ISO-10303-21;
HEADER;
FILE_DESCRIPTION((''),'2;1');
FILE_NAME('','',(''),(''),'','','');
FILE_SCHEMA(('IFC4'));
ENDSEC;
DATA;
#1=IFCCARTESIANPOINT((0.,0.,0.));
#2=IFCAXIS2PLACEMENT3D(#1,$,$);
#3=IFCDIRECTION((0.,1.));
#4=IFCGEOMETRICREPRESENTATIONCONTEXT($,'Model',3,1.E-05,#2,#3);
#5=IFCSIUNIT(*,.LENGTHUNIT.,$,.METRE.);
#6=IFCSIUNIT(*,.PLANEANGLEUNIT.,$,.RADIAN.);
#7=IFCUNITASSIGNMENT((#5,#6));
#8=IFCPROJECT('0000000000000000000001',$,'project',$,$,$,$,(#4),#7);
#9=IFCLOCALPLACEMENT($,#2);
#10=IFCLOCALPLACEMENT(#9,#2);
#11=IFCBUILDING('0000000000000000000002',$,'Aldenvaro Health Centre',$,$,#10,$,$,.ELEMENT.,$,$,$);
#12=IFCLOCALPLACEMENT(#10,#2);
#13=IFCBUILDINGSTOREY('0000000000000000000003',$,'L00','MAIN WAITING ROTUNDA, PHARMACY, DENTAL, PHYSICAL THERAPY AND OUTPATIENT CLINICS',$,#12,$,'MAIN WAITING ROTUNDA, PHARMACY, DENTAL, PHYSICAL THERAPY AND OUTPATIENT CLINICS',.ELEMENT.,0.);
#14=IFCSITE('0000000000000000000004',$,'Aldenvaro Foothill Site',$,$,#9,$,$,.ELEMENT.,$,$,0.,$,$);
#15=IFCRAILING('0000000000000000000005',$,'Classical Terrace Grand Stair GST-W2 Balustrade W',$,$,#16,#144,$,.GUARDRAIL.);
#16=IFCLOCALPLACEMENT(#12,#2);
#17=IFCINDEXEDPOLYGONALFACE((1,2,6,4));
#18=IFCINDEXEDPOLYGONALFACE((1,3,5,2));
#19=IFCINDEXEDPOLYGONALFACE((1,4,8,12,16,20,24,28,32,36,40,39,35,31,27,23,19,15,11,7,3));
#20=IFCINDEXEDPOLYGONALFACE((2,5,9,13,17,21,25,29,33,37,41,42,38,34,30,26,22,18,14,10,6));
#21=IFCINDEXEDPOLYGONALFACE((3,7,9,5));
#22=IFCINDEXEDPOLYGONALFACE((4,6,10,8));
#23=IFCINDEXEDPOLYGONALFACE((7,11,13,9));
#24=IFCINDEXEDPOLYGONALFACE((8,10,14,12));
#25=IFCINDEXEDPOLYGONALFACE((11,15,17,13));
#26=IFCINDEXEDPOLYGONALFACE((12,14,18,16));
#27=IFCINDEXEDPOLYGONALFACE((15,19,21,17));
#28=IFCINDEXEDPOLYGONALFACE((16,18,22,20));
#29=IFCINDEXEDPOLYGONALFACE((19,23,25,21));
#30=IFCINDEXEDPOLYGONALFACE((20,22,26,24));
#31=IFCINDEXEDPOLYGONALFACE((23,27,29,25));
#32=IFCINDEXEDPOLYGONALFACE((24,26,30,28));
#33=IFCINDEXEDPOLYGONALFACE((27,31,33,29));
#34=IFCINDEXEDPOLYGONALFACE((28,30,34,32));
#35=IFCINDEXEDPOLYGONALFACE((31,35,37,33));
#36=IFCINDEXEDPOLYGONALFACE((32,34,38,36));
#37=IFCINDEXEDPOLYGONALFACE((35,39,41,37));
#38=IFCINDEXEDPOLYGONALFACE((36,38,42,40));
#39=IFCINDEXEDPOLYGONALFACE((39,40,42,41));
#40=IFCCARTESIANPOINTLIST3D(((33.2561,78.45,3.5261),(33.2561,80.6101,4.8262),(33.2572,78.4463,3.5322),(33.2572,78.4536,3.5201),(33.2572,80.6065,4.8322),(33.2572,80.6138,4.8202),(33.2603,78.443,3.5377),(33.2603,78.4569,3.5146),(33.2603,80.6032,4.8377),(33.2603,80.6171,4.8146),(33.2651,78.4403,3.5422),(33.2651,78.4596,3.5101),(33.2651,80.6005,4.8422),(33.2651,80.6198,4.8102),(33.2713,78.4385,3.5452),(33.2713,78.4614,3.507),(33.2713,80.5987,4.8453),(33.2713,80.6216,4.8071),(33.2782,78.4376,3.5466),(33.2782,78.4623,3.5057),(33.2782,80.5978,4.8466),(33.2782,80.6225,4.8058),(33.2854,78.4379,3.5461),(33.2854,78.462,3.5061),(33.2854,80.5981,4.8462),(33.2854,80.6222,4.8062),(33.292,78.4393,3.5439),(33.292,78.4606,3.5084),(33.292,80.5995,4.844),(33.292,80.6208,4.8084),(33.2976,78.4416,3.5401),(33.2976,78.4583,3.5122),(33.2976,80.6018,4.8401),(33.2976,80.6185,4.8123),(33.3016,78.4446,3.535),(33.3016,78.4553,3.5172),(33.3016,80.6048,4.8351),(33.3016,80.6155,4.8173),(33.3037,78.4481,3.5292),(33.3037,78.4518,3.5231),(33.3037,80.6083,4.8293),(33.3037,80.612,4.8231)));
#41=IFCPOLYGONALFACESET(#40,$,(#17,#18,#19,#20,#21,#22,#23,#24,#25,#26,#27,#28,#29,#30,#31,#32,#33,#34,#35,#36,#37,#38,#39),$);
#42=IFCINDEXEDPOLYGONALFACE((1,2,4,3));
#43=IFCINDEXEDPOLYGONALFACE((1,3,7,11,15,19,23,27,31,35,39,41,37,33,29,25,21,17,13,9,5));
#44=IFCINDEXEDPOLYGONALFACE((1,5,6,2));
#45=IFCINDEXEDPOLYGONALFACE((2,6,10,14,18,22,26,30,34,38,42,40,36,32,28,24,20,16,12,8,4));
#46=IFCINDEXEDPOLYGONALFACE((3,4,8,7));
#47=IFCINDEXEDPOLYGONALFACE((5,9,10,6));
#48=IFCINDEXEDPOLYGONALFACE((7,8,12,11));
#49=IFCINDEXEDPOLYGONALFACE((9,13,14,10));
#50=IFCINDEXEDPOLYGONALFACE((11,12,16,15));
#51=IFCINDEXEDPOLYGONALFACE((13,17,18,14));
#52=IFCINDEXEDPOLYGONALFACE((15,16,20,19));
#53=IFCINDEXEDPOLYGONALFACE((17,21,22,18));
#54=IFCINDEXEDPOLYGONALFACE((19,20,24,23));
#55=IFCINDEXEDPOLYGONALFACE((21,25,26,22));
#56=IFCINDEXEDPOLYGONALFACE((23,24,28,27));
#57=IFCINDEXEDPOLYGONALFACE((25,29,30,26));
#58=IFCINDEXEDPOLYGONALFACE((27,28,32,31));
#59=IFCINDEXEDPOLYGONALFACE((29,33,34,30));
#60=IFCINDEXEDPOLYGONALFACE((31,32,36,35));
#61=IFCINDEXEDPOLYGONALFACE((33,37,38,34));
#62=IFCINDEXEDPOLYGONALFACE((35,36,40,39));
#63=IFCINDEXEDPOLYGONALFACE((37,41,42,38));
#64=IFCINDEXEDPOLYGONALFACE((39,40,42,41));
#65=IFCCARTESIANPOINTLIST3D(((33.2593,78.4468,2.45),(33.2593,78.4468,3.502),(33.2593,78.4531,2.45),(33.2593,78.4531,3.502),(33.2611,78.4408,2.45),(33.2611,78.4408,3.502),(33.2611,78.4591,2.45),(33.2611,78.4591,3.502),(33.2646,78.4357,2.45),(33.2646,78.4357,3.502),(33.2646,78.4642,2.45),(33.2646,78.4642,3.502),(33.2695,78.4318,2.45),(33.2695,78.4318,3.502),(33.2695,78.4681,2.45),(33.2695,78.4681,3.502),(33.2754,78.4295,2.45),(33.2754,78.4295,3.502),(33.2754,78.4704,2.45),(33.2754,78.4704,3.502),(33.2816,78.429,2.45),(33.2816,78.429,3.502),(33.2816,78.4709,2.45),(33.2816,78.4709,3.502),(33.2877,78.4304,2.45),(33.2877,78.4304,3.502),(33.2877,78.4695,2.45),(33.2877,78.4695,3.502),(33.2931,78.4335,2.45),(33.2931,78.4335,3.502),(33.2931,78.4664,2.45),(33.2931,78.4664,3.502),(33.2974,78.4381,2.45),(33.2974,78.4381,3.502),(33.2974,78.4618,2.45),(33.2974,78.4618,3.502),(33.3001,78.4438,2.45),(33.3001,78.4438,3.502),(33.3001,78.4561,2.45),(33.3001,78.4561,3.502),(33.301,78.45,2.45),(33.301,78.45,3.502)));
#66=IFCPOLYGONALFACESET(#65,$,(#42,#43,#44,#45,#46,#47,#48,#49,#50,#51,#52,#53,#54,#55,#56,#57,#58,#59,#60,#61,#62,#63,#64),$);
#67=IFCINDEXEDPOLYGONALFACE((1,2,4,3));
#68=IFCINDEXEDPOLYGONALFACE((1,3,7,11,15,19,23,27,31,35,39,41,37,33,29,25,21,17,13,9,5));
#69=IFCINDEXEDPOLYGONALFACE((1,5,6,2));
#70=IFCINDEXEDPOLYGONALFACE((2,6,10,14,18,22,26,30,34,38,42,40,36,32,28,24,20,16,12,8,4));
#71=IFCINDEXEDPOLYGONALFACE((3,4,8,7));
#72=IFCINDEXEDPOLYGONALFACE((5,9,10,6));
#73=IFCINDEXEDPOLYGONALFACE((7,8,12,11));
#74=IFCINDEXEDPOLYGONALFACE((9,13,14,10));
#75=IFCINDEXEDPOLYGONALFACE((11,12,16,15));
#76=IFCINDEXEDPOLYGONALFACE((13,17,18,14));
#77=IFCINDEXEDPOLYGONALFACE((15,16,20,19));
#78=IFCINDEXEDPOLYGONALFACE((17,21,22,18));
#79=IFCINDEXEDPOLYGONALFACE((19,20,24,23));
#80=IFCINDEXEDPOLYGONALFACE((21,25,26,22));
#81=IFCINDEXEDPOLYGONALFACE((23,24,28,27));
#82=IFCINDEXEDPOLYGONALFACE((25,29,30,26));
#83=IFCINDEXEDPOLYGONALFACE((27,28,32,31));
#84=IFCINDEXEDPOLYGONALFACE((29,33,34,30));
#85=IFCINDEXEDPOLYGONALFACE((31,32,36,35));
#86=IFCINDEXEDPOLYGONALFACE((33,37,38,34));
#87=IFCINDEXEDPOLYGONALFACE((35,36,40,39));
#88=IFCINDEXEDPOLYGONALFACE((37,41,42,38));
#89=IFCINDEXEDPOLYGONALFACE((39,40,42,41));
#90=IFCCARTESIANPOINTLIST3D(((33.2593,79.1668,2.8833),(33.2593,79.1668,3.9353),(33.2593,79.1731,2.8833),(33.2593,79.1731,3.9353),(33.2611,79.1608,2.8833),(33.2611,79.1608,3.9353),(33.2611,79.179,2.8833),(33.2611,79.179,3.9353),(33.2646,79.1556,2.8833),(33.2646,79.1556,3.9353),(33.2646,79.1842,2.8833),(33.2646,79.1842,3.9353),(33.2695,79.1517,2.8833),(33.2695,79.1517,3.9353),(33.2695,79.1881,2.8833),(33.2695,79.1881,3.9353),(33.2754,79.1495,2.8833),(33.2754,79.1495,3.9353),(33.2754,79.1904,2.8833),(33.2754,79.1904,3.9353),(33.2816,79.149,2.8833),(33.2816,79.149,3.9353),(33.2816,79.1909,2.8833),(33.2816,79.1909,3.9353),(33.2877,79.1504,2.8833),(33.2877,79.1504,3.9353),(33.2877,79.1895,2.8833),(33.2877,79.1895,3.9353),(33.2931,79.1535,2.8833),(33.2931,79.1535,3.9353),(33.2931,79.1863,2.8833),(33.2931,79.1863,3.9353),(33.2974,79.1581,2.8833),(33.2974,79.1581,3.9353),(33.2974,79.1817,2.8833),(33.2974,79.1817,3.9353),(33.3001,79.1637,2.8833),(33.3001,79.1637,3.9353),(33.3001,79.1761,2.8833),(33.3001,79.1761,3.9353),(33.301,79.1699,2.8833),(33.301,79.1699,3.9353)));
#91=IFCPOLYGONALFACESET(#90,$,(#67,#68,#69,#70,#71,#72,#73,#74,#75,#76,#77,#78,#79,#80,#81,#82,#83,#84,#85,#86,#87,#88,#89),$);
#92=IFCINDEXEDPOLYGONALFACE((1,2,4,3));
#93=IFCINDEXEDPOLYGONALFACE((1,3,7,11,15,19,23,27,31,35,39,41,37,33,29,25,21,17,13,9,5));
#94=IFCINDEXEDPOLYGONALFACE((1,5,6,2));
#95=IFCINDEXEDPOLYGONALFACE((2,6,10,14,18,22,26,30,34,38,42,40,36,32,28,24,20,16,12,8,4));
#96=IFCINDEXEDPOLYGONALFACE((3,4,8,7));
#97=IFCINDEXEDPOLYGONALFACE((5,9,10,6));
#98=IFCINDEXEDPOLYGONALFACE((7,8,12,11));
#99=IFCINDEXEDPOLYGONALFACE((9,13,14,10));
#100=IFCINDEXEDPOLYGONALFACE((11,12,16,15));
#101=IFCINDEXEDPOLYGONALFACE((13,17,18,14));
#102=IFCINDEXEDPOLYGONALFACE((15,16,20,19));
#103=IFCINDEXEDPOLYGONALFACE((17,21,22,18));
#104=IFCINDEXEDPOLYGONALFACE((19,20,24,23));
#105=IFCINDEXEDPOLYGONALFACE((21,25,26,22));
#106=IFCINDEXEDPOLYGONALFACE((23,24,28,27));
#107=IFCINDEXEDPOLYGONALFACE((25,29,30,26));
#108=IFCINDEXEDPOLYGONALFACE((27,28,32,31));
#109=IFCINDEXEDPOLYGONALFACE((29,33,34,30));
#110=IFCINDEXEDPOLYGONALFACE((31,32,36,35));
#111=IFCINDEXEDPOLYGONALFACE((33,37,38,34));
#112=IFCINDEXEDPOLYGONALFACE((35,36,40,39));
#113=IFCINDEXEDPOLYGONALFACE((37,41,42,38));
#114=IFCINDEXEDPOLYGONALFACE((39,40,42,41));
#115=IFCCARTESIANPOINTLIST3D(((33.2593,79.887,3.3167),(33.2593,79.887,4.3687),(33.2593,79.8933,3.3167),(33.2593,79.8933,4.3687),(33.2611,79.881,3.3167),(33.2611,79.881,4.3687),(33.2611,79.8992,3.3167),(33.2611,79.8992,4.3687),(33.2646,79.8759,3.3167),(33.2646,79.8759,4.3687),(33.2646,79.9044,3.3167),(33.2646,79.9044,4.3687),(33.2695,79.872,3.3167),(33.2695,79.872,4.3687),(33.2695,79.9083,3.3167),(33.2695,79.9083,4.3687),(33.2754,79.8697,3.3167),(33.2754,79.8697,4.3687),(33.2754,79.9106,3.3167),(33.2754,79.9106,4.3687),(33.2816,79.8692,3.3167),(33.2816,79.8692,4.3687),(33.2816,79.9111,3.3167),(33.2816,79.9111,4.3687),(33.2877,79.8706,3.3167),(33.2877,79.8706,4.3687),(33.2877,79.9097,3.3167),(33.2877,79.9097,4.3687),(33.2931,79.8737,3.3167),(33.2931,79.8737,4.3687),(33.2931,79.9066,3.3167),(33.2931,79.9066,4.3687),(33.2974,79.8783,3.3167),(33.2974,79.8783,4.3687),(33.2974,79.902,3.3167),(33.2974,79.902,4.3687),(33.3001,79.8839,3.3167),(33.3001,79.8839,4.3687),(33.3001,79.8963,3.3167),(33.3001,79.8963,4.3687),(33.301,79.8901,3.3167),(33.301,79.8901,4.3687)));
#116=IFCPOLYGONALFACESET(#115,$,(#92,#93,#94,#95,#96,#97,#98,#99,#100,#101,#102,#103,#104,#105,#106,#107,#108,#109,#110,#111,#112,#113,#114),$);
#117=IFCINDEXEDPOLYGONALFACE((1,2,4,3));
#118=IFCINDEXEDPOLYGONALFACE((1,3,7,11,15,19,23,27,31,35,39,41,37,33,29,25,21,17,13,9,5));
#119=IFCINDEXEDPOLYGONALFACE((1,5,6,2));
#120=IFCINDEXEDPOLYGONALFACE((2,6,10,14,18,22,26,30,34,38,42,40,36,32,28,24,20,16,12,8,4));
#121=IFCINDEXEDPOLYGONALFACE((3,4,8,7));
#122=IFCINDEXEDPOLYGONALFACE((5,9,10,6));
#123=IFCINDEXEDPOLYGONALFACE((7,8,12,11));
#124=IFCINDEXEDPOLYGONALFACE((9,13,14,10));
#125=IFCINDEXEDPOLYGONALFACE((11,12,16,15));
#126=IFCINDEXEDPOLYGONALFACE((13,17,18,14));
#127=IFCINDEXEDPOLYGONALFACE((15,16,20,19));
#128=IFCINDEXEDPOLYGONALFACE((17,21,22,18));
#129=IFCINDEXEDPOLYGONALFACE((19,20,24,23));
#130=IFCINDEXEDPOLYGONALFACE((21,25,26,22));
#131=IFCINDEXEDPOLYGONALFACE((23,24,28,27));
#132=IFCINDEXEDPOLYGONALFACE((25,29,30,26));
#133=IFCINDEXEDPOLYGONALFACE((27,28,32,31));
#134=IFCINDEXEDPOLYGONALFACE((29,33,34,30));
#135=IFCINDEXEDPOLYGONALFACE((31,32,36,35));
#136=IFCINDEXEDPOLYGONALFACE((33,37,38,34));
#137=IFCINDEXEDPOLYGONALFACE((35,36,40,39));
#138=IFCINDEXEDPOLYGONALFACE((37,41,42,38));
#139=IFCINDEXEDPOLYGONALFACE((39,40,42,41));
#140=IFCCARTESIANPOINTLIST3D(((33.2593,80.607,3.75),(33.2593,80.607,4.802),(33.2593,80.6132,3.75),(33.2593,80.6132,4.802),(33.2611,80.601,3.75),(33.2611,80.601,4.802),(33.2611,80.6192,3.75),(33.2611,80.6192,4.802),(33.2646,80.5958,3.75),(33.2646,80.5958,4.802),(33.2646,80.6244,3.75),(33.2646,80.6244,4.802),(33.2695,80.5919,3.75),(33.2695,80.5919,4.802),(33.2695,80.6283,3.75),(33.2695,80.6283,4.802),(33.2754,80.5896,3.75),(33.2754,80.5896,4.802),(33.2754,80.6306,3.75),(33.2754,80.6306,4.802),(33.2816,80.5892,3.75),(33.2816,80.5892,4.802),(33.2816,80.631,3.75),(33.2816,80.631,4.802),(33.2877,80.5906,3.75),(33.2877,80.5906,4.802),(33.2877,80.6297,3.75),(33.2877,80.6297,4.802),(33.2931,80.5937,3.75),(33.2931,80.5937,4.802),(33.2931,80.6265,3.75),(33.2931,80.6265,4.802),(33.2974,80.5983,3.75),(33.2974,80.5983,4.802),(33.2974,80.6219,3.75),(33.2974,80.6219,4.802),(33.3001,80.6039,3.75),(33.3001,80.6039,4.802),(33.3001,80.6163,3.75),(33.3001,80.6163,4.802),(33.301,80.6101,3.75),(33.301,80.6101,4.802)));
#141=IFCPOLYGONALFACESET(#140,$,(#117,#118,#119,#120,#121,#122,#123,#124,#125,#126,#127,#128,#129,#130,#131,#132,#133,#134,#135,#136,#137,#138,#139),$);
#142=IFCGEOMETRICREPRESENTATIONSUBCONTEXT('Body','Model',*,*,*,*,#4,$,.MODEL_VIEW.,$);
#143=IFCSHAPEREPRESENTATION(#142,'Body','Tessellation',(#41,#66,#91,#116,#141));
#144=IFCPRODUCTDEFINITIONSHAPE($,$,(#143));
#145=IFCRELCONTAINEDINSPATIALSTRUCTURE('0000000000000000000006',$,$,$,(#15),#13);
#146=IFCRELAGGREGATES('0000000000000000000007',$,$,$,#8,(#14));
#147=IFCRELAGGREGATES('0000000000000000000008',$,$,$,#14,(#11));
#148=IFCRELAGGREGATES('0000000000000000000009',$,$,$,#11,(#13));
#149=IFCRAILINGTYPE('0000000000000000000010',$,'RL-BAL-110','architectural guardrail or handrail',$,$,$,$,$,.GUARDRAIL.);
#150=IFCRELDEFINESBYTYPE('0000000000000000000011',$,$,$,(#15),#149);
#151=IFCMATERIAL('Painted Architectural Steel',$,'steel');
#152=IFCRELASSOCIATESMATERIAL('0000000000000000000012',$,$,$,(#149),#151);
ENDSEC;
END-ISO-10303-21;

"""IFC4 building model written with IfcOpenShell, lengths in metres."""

from ifc_helpers import new_model, si_unit, direction, frame, origin, origin_2d, place, context, subcontext, project, spatial, circle, extrude, material, type_object, element, save


model = new_model("IFC4")

# Units and contexts
model_context = context("Model", 3, precision=1e-05, world=origin(), true_north=direction((0.0, 1.0)))
body_context = subcontext(model_context, "Body", "Model", "MODEL_VIEW")
ifc_project = project(units=[si_unit("LENGTHUNIT", "METRE"), si_unit("PLANEANGLEUNIT", "RADIAN")], contexts=[model_context])

# Site, building, storey
site_placement = place(None, origin())
site = spatial("IfcSite", under=ifc_project, at=site_placement, Name="Aldenvaro Foothill Site", CompositionType="ELEMENT", RefElevation=0.0)
building_placement = place(site_placement, origin())
building = spatial("IfcBuilding", under=site, at=building_placement, Name="Aldenvaro Health Centre", CompositionType="ELEMENT")
storey_placement = place(building_placement, origin())
storey = spatial("IfcBuildingStorey", under=building, at=storey_placement, Name="L00", Description="MAIN WAITING ROTUNDA, PHARMACY, DENTAL, PHYSICAL THERAPY AND OUTPATIENT CLINICS", LongName="MAIN WAITING ROTUNDA, PHARMACY, DENTAL, PHYSICAL THERAPY AND OUTPATIENT CLINICS", CompositionType="ELEMENT", Elevation=0.0)

# Railing
ifc_material_1 = material(Name="Painted Architectural Steel", Category="steel")
railing_type_1 = type_object("IfcRailingType", Name="RL-BAL-110", Description="architectural guardrail or handrail", PredefinedType="GUARDRAIL", material=ifc_material_1)
for number, where, name in (
    (1, (33.28, 78.45, 2.45), "Classical Terrace Grand Stair GST-W2 Balustrade W"),
):
    element("IfcRailing", number, at=place(storey_placement, frame(where)), inside=storey, type_object=railing_type_1, Name=name, PredefinedType="GUARDRAIL", context=body_context, shape_type="SweptSolid", body=[
        extrude(circle(Radius=0.0239, at=origin_2d()), frame((0.0, 0.0, 1.0762), z_axis=(0.0, 0.8568, 0.515649), x_axis=(-1.0, 0.0, 0.0)), (0.0, 0.0, 1.0), 2.5212),
        extrude(circle(Radius=0.021, at=origin_2d()), origin(), (0.0, 0.0, 1.0), 1.052),
        extrude(circle(Radius=0.021, at=origin_2d()), frame((0.0, 0.72, 0.4333)), (0.0, 0.0, 1.0), 1.052),
        extrude(circle(Radius=0.021, at=origin_2d()), frame((0.0, 1.4402, 0.8667)), (0.0, 0.0, 1.0), 1.052),
        extrude(circle(Radius=0.021, at=origin_2d()), frame((0.0, 2.1602, 1.3)), (0.0, 0.0, 1.0), 1.052),
    ])

save(model, "model.ifc")
